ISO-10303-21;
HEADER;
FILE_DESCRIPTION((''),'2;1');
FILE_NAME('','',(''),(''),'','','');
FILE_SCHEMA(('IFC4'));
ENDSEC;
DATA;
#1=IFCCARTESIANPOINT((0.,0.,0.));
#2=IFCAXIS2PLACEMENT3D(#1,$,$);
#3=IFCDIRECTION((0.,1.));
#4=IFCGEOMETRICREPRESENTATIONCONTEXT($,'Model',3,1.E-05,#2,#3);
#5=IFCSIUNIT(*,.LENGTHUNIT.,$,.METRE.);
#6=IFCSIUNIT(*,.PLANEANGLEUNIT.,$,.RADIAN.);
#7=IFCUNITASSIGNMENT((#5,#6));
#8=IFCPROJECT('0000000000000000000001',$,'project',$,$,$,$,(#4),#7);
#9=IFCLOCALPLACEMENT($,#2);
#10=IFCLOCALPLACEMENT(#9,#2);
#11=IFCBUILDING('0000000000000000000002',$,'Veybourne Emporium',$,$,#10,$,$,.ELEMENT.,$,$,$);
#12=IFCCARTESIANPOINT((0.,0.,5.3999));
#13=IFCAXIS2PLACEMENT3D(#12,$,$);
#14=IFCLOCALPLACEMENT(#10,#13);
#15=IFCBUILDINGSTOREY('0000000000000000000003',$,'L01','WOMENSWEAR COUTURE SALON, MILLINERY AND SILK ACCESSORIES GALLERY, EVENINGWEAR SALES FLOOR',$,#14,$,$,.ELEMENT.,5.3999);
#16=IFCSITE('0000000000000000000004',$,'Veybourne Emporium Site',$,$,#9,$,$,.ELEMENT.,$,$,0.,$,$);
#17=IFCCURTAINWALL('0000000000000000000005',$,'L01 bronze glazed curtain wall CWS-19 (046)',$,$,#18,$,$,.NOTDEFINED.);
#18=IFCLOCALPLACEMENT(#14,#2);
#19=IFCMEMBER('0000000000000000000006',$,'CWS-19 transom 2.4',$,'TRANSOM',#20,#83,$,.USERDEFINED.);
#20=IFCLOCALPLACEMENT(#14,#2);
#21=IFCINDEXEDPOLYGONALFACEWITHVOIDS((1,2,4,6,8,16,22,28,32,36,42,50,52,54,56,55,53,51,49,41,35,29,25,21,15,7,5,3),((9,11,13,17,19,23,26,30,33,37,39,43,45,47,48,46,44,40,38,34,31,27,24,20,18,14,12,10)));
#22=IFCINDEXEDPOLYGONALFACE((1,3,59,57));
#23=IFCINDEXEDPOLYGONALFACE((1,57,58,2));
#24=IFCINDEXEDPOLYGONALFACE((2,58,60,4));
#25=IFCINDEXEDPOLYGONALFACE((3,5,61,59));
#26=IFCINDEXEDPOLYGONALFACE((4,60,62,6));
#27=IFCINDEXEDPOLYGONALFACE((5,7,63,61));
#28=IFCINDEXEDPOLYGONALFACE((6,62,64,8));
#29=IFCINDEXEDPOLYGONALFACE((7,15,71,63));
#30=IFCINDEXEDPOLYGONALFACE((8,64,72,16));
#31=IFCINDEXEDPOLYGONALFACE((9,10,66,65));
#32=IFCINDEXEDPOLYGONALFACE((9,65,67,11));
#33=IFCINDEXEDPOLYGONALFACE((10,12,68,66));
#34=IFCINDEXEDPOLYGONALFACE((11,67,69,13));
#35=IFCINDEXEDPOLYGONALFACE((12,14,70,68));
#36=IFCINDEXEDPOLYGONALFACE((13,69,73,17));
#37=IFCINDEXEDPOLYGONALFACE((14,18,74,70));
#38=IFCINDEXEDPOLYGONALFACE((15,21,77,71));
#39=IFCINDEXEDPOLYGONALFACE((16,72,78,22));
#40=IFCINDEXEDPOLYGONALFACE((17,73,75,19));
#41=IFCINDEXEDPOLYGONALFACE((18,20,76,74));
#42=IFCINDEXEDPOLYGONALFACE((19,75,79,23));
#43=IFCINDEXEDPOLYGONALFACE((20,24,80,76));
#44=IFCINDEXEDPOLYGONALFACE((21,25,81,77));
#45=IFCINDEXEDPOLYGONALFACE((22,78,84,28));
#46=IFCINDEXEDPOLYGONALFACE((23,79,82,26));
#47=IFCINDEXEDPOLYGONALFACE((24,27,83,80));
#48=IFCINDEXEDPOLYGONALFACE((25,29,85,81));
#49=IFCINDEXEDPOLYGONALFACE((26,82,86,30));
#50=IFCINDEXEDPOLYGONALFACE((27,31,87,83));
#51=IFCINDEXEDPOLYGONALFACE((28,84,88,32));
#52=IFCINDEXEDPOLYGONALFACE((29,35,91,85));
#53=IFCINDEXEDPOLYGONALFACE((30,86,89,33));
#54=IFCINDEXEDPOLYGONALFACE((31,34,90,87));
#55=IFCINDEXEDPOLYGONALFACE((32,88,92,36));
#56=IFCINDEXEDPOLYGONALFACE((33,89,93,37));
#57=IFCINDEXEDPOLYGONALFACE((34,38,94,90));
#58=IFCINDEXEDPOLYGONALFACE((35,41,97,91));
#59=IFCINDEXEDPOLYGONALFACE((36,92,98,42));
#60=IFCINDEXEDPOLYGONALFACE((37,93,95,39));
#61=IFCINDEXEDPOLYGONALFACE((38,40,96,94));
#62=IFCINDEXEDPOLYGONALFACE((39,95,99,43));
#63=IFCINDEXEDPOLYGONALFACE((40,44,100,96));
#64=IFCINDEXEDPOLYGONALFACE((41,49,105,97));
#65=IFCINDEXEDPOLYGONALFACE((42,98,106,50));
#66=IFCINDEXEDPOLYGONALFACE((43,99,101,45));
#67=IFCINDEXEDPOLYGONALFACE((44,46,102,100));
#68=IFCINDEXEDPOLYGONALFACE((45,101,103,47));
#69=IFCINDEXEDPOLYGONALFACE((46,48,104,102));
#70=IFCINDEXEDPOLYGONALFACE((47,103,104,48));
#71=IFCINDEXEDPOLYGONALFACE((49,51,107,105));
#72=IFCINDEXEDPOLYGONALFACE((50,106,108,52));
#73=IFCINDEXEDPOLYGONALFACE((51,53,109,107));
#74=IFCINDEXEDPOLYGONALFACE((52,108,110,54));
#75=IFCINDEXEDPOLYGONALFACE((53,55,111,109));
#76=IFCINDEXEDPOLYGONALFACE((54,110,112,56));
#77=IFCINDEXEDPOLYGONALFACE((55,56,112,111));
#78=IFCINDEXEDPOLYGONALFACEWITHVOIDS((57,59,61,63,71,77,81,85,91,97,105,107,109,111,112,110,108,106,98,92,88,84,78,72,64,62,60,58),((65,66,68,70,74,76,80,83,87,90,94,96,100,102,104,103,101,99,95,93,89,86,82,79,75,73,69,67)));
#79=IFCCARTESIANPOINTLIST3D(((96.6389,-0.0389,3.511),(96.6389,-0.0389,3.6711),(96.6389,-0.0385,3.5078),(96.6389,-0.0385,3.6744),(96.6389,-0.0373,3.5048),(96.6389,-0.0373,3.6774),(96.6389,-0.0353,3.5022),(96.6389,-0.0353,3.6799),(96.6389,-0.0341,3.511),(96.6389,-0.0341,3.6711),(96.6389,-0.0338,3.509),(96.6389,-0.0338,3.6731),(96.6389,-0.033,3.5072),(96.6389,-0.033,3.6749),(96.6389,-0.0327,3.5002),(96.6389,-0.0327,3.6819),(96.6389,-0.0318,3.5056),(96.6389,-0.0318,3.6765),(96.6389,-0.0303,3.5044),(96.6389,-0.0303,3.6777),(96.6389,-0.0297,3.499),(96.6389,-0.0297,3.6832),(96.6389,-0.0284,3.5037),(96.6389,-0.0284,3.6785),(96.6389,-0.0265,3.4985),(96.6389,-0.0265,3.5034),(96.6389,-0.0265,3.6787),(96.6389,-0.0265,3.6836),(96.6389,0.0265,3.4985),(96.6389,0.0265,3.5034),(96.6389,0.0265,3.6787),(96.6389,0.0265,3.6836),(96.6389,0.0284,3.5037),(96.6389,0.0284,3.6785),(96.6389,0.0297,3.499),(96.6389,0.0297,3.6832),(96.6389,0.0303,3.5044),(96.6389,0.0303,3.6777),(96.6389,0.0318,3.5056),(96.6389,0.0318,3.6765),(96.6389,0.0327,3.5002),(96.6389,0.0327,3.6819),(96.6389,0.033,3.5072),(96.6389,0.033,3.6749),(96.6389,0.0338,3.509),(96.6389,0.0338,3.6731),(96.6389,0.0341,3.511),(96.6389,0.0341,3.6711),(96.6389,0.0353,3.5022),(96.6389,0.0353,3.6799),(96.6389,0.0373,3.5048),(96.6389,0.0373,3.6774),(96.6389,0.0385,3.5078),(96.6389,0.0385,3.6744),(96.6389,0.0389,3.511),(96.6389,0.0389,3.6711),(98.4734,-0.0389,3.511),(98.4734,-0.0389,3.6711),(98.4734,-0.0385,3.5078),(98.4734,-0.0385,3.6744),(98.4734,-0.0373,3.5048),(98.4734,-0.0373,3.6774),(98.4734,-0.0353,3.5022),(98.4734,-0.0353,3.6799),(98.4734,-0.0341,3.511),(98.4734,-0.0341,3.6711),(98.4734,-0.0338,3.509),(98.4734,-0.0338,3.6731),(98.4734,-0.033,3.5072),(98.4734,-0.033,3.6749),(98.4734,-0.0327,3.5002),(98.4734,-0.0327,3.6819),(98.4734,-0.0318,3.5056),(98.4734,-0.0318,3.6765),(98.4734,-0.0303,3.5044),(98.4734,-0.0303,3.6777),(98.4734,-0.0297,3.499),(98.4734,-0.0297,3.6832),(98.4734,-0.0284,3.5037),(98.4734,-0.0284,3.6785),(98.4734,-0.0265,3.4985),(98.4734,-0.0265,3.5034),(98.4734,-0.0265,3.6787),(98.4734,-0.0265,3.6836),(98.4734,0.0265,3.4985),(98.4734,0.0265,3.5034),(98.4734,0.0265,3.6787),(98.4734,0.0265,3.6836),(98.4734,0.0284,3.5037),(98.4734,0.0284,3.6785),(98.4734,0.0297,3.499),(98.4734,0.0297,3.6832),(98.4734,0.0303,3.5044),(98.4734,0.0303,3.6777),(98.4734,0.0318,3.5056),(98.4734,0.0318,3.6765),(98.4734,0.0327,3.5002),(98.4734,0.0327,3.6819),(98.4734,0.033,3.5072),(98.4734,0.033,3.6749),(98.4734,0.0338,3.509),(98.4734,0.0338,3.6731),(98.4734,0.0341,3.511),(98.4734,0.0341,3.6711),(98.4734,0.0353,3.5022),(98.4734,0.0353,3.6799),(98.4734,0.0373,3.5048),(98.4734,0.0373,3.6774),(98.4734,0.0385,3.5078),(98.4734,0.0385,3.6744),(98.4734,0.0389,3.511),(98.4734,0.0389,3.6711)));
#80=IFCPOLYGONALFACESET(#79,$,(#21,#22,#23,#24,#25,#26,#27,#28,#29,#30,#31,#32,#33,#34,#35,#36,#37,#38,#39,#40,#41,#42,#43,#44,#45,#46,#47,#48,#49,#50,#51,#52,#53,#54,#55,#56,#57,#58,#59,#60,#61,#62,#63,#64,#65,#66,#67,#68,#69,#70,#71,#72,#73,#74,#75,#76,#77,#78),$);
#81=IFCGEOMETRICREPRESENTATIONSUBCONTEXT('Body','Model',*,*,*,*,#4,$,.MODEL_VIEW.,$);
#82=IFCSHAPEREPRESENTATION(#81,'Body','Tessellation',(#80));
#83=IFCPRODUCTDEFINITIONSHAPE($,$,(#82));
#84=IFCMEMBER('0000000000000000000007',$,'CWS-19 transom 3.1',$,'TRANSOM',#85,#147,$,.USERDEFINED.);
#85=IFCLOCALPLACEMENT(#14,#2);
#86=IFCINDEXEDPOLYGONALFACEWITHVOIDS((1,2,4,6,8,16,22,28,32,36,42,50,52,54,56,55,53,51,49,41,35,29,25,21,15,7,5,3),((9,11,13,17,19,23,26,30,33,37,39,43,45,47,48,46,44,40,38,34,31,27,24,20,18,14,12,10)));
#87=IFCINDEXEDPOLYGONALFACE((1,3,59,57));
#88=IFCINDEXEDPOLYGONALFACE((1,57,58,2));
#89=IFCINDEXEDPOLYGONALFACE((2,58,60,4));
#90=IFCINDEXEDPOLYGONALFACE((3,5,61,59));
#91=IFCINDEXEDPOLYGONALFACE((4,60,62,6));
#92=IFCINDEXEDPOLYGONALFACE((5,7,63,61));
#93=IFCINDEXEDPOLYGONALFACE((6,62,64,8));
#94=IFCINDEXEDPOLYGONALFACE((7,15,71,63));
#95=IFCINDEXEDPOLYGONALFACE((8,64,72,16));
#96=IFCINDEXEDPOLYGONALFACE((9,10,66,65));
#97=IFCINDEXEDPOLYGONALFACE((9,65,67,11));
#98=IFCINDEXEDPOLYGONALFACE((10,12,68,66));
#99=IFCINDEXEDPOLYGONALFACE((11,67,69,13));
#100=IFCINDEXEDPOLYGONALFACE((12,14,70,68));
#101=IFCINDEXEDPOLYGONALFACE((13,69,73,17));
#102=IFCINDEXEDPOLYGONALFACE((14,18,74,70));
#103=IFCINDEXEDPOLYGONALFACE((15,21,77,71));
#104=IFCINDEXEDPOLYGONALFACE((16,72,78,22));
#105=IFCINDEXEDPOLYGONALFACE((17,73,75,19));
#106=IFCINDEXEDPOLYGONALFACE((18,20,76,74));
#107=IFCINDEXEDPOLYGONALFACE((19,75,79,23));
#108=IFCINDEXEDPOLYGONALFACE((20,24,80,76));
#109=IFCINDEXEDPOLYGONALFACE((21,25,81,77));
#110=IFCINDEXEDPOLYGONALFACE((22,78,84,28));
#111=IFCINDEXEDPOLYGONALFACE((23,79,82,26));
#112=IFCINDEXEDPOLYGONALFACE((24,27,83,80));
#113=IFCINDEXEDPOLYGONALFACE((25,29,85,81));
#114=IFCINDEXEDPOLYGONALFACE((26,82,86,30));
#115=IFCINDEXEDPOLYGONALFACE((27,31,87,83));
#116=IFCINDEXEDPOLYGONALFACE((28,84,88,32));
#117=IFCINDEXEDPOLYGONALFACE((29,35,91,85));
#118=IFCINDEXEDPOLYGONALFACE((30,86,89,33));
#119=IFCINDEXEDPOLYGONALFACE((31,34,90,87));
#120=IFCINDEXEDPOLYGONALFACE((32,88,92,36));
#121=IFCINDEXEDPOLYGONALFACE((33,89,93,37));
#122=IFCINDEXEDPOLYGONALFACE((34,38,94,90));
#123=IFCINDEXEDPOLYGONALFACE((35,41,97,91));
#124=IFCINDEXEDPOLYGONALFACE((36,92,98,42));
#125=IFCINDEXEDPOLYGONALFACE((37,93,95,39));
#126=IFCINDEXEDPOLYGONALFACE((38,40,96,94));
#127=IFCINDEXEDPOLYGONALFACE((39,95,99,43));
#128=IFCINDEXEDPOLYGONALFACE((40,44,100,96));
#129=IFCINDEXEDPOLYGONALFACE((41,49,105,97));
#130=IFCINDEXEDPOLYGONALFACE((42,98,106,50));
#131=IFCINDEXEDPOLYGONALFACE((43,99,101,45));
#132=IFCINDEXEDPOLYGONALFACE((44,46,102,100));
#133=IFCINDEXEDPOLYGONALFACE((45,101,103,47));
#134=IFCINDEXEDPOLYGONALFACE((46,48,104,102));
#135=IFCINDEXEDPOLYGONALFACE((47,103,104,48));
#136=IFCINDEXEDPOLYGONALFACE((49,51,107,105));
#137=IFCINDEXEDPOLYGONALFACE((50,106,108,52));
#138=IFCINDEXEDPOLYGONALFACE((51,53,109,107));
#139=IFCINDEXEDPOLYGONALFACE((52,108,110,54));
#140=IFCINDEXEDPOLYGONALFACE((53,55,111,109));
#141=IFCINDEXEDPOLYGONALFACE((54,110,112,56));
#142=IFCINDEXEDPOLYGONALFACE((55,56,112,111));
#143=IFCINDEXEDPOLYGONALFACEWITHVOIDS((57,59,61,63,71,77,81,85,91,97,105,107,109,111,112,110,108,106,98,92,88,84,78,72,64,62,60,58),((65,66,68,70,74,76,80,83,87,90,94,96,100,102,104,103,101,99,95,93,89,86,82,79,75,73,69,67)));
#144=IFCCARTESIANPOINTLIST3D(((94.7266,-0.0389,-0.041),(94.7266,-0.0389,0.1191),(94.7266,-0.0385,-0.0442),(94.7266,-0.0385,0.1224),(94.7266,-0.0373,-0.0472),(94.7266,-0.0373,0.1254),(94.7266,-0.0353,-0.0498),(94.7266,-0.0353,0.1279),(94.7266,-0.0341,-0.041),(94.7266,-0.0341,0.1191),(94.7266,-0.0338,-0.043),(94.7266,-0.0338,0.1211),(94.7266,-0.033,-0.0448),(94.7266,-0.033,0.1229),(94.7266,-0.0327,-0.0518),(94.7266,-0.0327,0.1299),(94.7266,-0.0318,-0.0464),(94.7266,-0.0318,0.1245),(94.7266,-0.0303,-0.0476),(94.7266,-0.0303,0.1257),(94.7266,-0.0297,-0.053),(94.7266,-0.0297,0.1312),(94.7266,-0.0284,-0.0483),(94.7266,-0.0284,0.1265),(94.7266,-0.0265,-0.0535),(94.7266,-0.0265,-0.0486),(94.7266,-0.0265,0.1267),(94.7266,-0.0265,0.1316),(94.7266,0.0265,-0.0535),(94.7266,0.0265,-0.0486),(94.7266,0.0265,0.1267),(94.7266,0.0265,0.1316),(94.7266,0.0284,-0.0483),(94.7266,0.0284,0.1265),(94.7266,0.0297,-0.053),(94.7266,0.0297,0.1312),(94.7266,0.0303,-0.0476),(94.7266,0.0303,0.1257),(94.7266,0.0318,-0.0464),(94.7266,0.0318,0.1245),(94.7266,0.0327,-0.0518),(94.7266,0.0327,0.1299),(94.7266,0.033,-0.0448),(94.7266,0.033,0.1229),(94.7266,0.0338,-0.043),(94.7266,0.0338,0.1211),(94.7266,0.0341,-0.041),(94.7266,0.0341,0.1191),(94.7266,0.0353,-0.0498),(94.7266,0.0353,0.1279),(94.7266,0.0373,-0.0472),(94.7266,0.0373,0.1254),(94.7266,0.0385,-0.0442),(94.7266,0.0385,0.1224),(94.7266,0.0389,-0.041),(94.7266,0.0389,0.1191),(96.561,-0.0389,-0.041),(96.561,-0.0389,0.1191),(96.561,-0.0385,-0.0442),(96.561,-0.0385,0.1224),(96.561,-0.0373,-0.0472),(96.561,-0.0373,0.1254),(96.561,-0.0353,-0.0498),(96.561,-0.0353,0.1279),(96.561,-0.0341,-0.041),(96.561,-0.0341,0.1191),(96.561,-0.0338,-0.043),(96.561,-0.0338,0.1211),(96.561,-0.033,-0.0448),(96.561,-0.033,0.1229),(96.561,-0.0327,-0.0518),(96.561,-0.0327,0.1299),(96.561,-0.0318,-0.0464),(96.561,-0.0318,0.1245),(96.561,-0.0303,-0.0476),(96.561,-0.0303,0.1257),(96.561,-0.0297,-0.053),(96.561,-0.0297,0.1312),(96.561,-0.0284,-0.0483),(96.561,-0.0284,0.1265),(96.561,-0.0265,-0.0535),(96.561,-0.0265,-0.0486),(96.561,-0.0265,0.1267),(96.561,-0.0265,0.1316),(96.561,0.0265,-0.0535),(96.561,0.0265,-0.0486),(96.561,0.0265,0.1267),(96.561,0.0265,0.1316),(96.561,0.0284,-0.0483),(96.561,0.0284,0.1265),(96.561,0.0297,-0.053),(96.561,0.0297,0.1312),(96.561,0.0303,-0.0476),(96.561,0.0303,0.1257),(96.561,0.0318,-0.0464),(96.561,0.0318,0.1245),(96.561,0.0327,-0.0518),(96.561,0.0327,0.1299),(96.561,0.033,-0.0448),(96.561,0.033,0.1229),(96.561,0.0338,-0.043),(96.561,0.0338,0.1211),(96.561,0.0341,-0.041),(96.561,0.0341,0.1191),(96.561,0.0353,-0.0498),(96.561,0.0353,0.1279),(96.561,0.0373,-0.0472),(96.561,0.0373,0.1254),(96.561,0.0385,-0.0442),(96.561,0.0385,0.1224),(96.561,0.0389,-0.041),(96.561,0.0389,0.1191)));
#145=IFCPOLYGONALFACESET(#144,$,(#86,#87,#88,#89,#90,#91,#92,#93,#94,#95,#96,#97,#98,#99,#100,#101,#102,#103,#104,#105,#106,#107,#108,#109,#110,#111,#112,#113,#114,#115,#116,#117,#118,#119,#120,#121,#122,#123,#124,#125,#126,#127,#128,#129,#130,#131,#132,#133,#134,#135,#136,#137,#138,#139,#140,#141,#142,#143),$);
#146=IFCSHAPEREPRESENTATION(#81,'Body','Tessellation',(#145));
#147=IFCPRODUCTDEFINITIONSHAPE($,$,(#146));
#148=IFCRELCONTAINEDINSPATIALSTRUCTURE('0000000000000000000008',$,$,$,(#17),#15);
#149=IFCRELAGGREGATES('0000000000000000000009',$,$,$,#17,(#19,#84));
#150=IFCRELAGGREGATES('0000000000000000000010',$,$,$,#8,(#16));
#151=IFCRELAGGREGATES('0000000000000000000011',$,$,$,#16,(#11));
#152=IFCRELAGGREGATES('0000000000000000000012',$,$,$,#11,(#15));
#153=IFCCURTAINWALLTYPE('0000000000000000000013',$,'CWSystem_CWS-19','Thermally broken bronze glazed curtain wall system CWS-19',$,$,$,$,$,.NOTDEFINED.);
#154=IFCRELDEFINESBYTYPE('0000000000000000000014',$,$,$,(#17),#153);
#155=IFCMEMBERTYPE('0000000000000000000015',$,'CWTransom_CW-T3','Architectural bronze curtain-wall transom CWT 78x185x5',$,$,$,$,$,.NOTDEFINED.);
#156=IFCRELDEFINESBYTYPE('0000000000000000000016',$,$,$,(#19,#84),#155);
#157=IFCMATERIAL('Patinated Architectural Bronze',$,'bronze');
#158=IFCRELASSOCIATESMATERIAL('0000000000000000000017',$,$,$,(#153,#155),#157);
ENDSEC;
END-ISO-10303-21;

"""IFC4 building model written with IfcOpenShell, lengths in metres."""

from ifc_helpers import new_model, si_unit, direction, frame, origin, origin_2d, place, context, subcontext, project, spatial, hollow_rectangle, extrude, material, material_profile, profile_set, type_object, element, aggregate, save


model = new_model("IFC4")

# Units and contexts
model_context = context("Model", 3, precision=1e-05, world=origin(), true_north=direction((0.0, 1.0)))
body_context = subcontext(model_context, "Body", "Model", "MODEL_VIEW")
ifc_project = project(units=[si_unit("LENGTHUNIT", "METRE"), si_unit("PLANEANGLEUNIT", "RADIAN")], contexts=[model_context])

# Site, building, storey
site_placement = place(None, origin())
site = spatial("IfcSite", under=ifc_project, at=site_placement, Name="Veybourne Emporium Site", CompositionType="ELEMENT", RefElevation=0.0)
building_placement = place(site_placement, origin())
building = spatial("IfcBuilding", under=site, at=building_placement, Name="Veybourne Emporium", CompositionType="ELEMENT")
storey_placement = place(building_placement, frame((0.0, 0.0, 5.3999)))
storey = spatial("IfcBuildingStorey", under=building, at=storey_placement, Name="L01", Description="WOMENSWEAR COUTURE SALON, MILLINERY AND SILK ACCESSORIES GALLERY, EVENINGWEAR SALES FLOOR", CompositionType="ELEMENT", Elevation=5.3999)

# Curtain wall, members
ifc_material_1 = material(Name="Patinated Architectural Bronze", Category="bronze")
curtain_wall_type = type_object("IfcCurtainWallType", Name="CWSystem_CWS-19", Description="Thermally broken bronze glazed curtain wall system CWS-19", PredefinedType="NOTDEFINED", material=ifc_material_1)
curtain_wall_placement = place(storey_placement, origin())
curtain_wall = element("IfcCurtainWall", 1, at=curtain_wall_placement, inside=storey, type_object=curtain_wall_type, Name="L01 bronze glazed curtain wall CWS-19 (046)", PredefinedType="NOTDEFINED")
ifc_material_profile_1 = material_profile(ifc_material_1, hollow_rectangle(XDim=0.0779, YDim=0.1851, WallThickness=0.0049, InnerFilletRadius=0.0076, OuterFilletRadius=0.0125, at=origin_2d()), Name="CWT 78x185x5")
ifc_profile_set_1 = profile_set([ifc_material_profile_1], Name="Patinated Architectural Bronze")
member_type_1 = type_object("IfcMemberType", Name="CWTransom_CW-T3", Description="Architectural bronze curtain-wall transom CWT 78x185x5", PredefinedType="NOTDEFINED", material=ifc_profile_set_1)
member_1_placement = place(storey_placement, frame((98.4734, 0.0, 3.5911), z_axis=(-1.0, 0.0, 0.0), x_axis=(0.0, -1.0, 0.0)))
member_1 = element("IfcMember", 2, at=member_1_placement, type_object=member_type_1, Name="CWS-19 transom 2.4", ObjectType="TRANSOM", PredefinedType="USERDEFINED", context=body_context, shape_type="SweptSolid", body=[
    extrude(hollow_rectangle(XDim=0.0779, YDim=0.1851, WallThickness=0.0049, InnerFilletRadius=0.0076, OuterFilletRadius=0.0125, at=origin_2d()), origin(), (0.0, 0.0, 1.0), 1.8345),
])
member_2_placement = place(storey_placement, frame((96.561, 0.0, 0.0391), z_axis=(-1.0, 0.0, 0.0), x_axis=(0.0, -1.0, 0.0)))
member_2 = element("IfcMember", 3, at=member_2_placement, type_object=member_type_1, Name="CWS-19 transom 3.1", ObjectType="TRANSOM", PredefinedType="USERDEFINED", context=body_context, shape_type="SweptSolid", body=[
    extrude(hollow_rectangle(XDim=0.0779, YDim=0.1851, WallThickness=0.0049, InnerFilletRadius=0.0076, OuterFilletRadius=0.0125, at=origin_2d()), origin(), (0.0, 0.0, 1.0), 1.8345),
])
aggregate(curtain_wall, [member_1, member_2])

save(model, "model.ifc")
